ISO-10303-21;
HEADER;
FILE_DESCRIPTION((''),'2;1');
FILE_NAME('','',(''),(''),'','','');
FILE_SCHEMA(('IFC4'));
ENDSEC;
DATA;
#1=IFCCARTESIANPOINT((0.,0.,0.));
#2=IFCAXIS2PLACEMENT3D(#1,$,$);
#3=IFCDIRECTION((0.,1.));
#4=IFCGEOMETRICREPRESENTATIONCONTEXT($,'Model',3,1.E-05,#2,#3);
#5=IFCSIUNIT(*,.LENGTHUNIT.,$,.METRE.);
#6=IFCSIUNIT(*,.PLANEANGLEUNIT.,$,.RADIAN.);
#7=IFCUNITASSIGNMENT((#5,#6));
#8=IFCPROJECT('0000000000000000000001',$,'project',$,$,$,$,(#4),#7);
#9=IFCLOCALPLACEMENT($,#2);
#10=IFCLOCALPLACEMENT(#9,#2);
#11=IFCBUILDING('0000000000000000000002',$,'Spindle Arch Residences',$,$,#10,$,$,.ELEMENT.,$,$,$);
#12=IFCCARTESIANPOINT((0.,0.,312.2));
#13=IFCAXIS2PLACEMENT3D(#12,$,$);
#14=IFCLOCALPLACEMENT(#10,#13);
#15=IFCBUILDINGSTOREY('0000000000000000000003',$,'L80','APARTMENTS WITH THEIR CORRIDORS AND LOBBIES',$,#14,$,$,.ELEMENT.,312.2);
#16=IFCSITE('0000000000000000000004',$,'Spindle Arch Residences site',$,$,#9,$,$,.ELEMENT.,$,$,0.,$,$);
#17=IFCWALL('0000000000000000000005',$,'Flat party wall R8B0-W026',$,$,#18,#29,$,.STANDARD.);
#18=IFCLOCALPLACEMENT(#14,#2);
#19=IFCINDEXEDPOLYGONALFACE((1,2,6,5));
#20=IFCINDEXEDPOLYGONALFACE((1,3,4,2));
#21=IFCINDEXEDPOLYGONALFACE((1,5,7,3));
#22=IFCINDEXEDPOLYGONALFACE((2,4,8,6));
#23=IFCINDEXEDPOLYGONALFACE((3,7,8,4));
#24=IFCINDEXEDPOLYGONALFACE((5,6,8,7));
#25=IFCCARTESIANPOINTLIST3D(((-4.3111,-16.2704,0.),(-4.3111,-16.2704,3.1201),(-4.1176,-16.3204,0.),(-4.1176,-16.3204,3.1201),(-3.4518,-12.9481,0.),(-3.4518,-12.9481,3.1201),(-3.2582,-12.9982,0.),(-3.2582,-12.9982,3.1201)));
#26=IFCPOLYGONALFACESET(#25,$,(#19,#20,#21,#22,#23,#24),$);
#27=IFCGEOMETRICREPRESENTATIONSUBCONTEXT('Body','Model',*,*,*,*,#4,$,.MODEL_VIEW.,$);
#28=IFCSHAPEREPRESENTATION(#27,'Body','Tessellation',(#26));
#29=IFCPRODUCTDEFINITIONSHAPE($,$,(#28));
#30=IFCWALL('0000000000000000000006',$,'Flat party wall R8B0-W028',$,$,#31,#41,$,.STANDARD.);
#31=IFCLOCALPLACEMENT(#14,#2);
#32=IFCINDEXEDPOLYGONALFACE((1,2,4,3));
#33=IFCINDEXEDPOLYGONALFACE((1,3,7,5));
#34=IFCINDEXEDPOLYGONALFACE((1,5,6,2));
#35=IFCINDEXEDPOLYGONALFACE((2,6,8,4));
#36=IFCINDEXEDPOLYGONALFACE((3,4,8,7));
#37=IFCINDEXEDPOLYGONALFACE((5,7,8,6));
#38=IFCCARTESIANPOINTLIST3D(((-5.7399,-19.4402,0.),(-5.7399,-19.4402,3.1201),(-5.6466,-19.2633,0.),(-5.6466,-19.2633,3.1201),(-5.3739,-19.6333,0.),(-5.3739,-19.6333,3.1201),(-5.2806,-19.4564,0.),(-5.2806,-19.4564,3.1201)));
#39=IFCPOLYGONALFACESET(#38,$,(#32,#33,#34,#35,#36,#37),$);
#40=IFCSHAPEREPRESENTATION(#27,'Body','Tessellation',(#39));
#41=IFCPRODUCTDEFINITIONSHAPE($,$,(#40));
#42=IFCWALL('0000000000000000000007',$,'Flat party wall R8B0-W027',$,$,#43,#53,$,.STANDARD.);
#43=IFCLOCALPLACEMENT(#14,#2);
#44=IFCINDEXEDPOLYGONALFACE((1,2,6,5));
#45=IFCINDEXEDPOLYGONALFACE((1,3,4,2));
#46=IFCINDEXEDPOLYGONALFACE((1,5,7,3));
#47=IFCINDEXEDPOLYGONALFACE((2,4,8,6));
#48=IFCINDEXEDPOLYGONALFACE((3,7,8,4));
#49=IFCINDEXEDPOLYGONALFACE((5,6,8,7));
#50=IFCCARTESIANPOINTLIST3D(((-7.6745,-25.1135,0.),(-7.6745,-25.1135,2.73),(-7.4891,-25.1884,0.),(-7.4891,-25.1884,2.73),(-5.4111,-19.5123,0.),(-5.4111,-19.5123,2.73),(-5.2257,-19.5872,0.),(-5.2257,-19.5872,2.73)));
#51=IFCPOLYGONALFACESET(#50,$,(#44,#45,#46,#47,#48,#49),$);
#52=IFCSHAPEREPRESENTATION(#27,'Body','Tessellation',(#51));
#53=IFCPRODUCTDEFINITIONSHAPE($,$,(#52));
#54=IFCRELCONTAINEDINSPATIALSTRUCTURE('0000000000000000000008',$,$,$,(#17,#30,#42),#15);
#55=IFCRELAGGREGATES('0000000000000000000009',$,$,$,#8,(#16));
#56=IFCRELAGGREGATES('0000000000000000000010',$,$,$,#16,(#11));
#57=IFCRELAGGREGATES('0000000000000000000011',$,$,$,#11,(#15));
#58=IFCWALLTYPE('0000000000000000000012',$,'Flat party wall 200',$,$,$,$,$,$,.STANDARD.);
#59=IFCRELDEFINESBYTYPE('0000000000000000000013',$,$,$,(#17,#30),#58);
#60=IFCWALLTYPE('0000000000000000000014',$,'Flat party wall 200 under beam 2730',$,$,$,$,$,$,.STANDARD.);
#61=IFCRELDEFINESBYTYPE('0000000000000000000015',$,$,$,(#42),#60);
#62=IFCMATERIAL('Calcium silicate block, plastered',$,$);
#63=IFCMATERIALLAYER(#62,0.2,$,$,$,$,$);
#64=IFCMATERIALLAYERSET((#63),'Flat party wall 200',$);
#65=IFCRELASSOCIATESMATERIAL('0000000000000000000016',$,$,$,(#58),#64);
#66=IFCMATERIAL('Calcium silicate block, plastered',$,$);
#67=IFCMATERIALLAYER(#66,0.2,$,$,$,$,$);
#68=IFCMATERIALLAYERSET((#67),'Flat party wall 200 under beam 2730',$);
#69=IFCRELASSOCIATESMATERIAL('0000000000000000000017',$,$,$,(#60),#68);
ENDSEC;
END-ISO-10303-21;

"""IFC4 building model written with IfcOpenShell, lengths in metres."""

from ifc_helpers import new_model, si_unit, direction, frame, frame_2d, origin, place, context, subcontext, project, spatial, rectangle, extrude, material, layer, layer_set, type_object, element, save


model = new_model("IFC4")

# Units and contexts
model_context = context("Model", 3, precision=1e-05, world=origin(), true_north=direction((0.0, 1.0)))
body_context = subcontext(model_context, "Body", "Model", "MODEL_VIEW")
ifc_project = project(units=[si_unit("LENGTHUNIT", "METRE"), si_unit("PLANEANGLEUNIT", "RADIAN")], contexts=[model_context])

# Site, building, storey
site_placement = place(None, origin())
site = spatial("IfcSite", under=ifc_project, at=site_placement, Name="Spindle Arch Residences site", CompositionType="ELEMENT", RefElevation=0.0)
building_placement = place(site_placement, origin())
building = spatial("IfcBuilding", under=site, at=building_placement, Name="Spindle Arch Residences", CompositionType="ELEMENT")
storey_placement = place(building_placement, frame((0.0, 0.0, 312.2)))
storey = spatial("IfcBuildingStorey", under=building, at=storey_placement, Name="L80", Description="APARTMENTS WITH THEIR CORRIDORS AND LOBBIES", CompositionType="ELEMENT", Elevation=312.2)

# Walls
ifc_material_1 = material(Name="Calcium silicate block, plastered")
ifc_layer_1 = layer(ifc_material_1, 0.2)
ifc_layer_set_1 = layer_set([ifc_layer_1], Name="Flat party wall 200")
wall_type_1 = type_object("IfcWallType", Name="Flat party wall 200", PredefinedType="STANDARD", material=ifc_layer_set_1)
wall_1_placement = place(storey_placement, frame((-4.2144, -16.2954, 0.0), z_axis=(0.0, 0.0, 1.0), x_axis=(0.250429, 0.968135, 0.0)))
element("IfcWall", 1, at=wall_1_placement, inside=storey, type_object=wall_type_1, Name="Flat party wall R8B0-W026", PredefinedType="STANDARD", context=body_context, shape_type="SweptSolid", body=[
    extrude(rectangle(XDim=3.4316, YDim=0.2, at=frame_2d((1.7158, 0.0))), origin(), (0.0, 0.0, 1.0), 3.1201),
])
wall_2_placement = place(storey_placement, frame((-5.3271, -19.5449, 0.0), z_axis=(0.0, 0.0, 1.0), x_axis=(-0.884419, 0.466695, 0.0)))
element("IfcWall", 2, at=wall_2_placement, inside=storey, type_object=wall_type_1, Name="Flat party wall R8B0-W028", PredefinedType="STANDARD", context=body_context, shape_type="SweptSolid", body=[
    extrude(rectangle(XDim=0.4138, YDim=0.2, at=frame_2d((0.207, 0.0))), origin(), (0.0, 0.0, 1.0), 3.1201),
])
ifc_material_2 = material(Name="Calcium silicate block, plastered")
ifc_layer_2 = layer(ifc_material_2, 0.2)
ifc_layer_set_2 = layer_set([ifc_layer_2], Name="Flat party wall 200 under beam 2730")
wall_type_2 = type_object("IfcWallType", Name="Flat party wall 200 under beam 2730", PredefinedType="STANDARD", material=ifc_layer_set_2)
wall_3_placement = place(storey_placement, frame((-7.5818, -25.1509, 0.0), z_axis=(0.0, 0.0, 1.0), x_axis=(0.374656, 0.927164, 0.0)))
element("IfcWall", 3, at=wall_3_placement, inside=storey, type_object=wall_type_2, Name="Flat party wall R8B0-W027", PredefinedType="STANDARD", context=body_context, shape_type="SweptSolid", body=[
    extrude(rectangle(XDim=6.0413, YDim=0.2, at=frame_2d((3.0205, 0.0))), origin(), (0.0, 0.0, 1.0), 2.73),
])

save(model, "model.ifc")
